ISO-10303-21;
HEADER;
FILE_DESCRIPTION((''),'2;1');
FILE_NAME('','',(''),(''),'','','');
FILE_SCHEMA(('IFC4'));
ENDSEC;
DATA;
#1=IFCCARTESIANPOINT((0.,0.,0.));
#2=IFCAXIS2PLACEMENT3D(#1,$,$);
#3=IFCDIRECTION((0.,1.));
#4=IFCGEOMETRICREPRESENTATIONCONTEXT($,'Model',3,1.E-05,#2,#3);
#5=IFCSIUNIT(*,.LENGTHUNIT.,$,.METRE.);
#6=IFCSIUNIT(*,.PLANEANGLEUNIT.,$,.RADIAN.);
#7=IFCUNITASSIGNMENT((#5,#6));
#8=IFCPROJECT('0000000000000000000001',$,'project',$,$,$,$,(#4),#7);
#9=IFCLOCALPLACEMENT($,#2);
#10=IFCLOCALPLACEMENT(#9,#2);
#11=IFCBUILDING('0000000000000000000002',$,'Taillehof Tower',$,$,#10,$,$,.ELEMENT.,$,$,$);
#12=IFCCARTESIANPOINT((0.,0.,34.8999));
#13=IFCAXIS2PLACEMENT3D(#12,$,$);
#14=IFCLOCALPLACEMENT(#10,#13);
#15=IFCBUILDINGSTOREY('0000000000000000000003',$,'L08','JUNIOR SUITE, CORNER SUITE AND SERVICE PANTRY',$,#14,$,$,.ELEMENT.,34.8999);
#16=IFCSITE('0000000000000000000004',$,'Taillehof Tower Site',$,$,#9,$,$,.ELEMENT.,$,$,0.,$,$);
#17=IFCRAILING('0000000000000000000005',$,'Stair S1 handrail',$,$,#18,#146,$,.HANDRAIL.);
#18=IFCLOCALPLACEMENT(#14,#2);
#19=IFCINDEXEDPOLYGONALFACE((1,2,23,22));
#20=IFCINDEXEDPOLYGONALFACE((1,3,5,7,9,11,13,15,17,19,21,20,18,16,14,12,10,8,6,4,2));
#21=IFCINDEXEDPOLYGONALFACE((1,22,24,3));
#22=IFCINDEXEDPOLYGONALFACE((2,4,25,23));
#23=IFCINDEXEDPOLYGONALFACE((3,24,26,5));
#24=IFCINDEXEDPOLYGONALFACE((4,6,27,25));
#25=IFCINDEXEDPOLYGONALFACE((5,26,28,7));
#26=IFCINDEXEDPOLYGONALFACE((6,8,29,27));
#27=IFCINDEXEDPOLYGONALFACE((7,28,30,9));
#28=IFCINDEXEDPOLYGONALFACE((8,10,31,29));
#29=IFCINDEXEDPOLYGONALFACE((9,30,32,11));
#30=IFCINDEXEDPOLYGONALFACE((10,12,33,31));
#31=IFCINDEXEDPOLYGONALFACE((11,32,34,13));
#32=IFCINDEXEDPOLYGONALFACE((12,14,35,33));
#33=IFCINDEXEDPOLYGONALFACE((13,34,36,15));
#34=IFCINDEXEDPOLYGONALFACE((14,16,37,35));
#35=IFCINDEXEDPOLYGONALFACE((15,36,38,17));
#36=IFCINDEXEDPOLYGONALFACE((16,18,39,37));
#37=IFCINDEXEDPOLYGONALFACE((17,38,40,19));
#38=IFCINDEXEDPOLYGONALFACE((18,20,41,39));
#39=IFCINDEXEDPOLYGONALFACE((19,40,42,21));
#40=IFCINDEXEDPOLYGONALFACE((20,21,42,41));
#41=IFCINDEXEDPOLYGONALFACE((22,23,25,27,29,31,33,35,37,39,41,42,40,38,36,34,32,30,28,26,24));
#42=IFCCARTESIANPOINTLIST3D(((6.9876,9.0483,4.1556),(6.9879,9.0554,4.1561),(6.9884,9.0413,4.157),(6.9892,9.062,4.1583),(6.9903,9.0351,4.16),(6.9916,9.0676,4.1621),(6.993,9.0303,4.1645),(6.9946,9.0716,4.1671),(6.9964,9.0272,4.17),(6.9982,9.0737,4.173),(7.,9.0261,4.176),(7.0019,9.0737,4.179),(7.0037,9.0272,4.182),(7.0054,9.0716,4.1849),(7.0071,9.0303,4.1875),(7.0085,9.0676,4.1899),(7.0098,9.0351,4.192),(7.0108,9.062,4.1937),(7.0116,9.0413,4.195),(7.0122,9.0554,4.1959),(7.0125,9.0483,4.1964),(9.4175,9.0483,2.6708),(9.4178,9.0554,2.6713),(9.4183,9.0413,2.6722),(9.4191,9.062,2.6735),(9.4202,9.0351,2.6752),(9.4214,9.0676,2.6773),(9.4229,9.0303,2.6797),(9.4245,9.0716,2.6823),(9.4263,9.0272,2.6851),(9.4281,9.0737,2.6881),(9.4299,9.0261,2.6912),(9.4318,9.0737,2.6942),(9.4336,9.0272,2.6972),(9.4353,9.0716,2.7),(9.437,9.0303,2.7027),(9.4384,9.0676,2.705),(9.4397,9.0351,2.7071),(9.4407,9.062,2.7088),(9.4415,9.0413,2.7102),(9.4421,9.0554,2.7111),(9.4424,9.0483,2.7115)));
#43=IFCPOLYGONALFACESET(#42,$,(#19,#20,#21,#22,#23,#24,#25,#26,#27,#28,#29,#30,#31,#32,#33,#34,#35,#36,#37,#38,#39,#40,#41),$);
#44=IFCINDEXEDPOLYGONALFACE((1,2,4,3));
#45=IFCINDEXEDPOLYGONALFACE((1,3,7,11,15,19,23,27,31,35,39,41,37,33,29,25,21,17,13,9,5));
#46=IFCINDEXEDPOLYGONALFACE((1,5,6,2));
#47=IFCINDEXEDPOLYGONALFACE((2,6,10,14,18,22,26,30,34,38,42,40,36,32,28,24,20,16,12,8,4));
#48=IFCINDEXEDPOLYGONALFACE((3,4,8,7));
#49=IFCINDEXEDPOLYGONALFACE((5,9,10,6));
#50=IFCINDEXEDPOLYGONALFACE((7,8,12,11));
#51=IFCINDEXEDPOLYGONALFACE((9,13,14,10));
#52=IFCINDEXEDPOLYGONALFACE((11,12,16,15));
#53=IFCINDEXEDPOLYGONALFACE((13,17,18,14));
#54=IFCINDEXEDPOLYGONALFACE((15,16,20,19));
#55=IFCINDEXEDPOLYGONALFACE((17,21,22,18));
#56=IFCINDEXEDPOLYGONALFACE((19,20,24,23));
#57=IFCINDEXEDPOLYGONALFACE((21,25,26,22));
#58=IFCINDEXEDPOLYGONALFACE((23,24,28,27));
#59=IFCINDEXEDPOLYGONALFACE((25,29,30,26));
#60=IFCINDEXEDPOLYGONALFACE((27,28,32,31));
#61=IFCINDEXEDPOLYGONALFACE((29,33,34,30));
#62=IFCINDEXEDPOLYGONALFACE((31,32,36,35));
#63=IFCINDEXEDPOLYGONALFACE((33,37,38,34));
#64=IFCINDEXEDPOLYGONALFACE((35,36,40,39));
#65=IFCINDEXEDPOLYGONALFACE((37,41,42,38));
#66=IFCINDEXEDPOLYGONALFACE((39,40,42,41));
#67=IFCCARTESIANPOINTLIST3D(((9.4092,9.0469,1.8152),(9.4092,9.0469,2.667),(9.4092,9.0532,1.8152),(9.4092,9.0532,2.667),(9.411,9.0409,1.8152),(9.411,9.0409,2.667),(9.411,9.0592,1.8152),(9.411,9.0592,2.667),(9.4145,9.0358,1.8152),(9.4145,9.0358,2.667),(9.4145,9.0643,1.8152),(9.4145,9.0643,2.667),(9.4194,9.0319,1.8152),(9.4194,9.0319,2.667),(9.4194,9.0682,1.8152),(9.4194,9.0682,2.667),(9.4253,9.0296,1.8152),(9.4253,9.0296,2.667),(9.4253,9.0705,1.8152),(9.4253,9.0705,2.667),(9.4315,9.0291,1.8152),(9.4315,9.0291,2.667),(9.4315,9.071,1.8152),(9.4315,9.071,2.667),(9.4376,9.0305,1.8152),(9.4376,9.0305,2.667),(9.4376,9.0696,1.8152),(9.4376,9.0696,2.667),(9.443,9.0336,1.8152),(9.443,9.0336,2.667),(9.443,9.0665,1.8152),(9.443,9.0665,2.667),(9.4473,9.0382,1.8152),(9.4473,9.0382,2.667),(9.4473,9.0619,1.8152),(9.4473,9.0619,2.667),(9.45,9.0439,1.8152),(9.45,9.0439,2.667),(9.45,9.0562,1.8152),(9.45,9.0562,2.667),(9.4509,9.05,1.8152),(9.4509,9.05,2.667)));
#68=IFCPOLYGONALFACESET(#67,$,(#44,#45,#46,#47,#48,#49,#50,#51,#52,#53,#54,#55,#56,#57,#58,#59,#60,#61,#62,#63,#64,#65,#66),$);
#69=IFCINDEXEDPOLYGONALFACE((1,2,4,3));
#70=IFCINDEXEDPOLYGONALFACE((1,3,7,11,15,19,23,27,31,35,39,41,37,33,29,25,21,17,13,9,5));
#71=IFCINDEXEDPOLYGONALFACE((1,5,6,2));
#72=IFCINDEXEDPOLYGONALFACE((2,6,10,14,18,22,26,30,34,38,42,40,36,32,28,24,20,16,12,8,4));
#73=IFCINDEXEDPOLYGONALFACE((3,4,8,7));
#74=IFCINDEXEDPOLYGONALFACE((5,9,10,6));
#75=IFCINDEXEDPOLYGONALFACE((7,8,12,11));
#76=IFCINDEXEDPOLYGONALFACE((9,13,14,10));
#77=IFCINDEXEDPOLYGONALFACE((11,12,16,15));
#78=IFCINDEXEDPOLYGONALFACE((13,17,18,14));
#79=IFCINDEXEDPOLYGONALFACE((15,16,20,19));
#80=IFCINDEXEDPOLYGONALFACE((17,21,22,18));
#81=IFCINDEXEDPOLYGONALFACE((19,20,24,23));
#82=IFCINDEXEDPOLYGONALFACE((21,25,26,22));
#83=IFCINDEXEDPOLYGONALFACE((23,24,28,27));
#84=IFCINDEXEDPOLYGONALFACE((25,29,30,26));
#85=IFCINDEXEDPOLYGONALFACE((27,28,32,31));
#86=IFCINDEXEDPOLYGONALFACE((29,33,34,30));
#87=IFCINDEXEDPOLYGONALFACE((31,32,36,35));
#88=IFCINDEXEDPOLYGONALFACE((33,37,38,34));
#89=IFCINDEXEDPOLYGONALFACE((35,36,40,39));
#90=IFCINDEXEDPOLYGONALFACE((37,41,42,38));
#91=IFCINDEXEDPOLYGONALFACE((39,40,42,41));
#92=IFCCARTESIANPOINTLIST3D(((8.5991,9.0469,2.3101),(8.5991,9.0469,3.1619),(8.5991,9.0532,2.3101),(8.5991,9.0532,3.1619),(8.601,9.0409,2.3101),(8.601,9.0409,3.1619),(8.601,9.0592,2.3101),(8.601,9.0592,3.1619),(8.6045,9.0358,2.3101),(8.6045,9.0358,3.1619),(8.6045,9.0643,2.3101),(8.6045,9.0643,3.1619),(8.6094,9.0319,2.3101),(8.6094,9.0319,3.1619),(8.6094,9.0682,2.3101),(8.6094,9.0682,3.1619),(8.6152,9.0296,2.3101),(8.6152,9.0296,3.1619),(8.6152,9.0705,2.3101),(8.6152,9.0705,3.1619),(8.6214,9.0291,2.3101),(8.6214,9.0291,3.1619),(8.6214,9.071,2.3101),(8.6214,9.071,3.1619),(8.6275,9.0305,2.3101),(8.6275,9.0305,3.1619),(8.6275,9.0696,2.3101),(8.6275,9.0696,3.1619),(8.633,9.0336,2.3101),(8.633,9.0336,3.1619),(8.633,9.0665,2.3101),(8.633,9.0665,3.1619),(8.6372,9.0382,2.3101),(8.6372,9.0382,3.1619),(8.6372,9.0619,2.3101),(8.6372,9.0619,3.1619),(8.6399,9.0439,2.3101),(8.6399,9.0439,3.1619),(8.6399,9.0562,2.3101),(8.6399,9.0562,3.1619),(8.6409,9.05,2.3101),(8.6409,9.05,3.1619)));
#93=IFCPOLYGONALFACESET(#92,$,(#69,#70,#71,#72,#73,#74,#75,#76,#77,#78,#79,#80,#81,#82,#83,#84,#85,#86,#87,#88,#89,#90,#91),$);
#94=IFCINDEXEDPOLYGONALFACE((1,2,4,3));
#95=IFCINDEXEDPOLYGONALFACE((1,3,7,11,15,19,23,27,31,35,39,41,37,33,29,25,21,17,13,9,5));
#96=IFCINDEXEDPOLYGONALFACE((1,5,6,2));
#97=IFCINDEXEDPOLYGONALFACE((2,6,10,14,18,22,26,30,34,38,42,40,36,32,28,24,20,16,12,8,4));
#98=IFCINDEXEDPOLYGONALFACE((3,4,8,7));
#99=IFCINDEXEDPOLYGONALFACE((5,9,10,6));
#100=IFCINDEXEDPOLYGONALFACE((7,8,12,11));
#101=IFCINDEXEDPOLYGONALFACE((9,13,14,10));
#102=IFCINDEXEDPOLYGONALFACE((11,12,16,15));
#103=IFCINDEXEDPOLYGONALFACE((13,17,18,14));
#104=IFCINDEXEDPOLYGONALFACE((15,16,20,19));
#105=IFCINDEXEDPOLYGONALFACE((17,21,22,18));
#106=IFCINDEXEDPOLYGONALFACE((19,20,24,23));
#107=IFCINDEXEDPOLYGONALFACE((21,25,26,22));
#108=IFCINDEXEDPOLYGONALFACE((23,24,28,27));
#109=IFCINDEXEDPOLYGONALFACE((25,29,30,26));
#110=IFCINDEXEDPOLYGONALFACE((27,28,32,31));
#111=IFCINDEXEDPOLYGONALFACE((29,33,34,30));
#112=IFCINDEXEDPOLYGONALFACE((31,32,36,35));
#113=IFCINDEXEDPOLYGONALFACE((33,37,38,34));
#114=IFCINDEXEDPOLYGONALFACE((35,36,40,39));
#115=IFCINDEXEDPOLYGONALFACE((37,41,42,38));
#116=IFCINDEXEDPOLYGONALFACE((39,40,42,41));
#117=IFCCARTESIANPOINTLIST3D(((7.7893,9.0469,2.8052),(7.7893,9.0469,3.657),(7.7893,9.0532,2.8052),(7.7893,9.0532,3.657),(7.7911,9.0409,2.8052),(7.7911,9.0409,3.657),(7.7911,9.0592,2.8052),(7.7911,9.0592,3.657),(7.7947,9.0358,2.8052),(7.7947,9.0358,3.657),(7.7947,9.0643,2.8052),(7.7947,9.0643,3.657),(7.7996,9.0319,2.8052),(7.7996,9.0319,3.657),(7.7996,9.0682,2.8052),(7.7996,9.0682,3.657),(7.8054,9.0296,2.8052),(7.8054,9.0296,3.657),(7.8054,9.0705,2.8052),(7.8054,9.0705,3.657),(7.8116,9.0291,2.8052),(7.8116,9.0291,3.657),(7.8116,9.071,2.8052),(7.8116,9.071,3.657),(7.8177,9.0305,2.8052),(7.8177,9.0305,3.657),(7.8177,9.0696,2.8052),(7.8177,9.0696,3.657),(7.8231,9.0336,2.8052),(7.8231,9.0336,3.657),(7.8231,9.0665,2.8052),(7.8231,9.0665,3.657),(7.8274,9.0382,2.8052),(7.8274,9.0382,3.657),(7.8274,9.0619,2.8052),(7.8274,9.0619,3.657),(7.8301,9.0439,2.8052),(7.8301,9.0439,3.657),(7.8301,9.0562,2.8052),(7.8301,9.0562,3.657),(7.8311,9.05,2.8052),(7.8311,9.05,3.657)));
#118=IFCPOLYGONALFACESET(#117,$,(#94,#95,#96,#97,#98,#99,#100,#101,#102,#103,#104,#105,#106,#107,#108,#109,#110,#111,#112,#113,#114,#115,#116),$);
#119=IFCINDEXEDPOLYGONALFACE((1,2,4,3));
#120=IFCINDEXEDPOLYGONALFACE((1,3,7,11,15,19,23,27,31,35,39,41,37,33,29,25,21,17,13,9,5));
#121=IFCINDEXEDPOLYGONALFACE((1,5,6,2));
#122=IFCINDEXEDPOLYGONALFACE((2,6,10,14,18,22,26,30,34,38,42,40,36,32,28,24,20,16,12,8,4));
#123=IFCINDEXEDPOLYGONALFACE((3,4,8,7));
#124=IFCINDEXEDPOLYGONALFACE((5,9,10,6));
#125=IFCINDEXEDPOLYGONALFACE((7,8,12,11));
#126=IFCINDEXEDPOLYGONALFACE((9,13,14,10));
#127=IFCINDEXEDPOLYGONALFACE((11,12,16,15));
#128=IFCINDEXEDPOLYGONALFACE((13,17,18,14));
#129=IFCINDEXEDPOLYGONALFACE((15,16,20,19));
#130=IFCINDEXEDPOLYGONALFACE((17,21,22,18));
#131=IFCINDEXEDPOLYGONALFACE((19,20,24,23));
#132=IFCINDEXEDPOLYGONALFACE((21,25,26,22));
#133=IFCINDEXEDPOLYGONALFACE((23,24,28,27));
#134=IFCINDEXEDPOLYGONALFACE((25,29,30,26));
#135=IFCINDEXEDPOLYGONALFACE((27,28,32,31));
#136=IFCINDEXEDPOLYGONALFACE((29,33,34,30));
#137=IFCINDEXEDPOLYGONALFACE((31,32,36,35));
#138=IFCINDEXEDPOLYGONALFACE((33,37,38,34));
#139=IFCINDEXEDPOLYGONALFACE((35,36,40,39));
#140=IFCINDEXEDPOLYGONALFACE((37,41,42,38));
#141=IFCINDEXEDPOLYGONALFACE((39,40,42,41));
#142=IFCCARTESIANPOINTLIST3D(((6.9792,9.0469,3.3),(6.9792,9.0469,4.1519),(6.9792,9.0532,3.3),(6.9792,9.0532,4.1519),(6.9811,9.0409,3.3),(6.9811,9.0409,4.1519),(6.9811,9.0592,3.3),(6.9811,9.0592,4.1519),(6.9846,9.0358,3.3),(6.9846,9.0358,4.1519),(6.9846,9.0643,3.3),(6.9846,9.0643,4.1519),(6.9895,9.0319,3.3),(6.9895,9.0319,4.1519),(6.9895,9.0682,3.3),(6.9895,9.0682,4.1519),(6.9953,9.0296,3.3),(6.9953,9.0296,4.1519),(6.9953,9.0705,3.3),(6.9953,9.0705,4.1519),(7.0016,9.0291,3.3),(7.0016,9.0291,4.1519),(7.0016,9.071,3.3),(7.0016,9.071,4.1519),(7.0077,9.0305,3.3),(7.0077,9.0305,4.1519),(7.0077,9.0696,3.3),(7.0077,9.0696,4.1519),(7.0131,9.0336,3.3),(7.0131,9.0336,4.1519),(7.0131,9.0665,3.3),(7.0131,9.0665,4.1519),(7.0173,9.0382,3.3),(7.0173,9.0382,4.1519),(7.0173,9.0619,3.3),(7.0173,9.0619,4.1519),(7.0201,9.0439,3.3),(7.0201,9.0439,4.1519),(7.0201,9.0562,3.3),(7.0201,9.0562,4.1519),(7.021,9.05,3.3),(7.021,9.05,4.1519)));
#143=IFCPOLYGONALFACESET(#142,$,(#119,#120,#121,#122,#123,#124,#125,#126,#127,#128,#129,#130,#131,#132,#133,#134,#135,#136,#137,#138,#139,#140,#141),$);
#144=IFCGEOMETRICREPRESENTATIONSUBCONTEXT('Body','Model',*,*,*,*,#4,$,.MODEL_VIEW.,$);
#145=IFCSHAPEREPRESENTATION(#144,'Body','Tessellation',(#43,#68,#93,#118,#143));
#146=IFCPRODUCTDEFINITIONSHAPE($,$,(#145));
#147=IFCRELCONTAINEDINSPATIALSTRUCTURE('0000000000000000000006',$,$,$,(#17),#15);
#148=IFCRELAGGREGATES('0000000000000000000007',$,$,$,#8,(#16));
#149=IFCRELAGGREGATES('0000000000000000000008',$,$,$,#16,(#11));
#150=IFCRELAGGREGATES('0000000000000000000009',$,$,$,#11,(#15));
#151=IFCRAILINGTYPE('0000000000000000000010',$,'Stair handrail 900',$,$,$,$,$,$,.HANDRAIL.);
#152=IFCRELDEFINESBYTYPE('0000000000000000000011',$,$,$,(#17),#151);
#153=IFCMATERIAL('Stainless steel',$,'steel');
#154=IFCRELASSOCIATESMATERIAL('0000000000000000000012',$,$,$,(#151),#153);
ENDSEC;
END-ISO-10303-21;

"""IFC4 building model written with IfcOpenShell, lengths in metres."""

from ifc_helpers import new_model, si_unit, direction, frame, origin, origin_2d, place, context, subcontext, project, spatial, circle, extrude, material, type_object, element, save


model = new_model("IFC4")

# Units and contexts
model_context = context("Model", 3, precision=1e-05, world=origin(), true_north=direction((0.0, 1.0)))
body_context = subcontext(model_context, "Body", "Model", "MODEL_VIEW")
ifc_project = project(units=[si_unit("LENGTHUNIT", "METRE"), si_unit("PLANEANGLEUNIT", "RADIAN")], contexts=[model_context])

# Site, building, storey
site_placement = place(None, origin())
site = spatial("IfcSite", under=ifc_project, at=site_placement, Name="Taillehof Tower Site", CompositionType="ELEMENT", RefElevation=0.0)
building_placement = place(site_placement, origin())
building = spatial("IfcBuilding", under=site, at=building_placement, Name="Taillehof Tower", CompositionType="ELEMENT")
storey_placement = place(building_placement, frame((0.0, 0.0, 34.8999)))
storey = spatial("IfcBuildingStorey", under=building, at=storey_placement, Name="L08", Description="JUNIOR SUITE, CORNER SUITE AND SERVICE PANTRY", CompositionType="ELEMENT", Elevation=34.8999)

# Railing
ifc_material_1 = material(Name="Stainless steel", Category="steel")
railing_type = type_object("IfcRailingType", Name="Stair handrail 900", PredefinedType="HANDRAIL", material=ifc_material_1)
railing_placement = place(storey_placement, frame((9.4299, 9.05, 1.8152)))
element("IfcRailing", 1, at=railing_placement, inside=storey, type_object=railing_type, Name="Stair S1 handrail", PredefinedType="HANDRAIL", context=body_context, shape_type="SweptSolid", body=[
    extrude(circle(Radius=0.0239, at=origin_2d()), frame((0.0, 0.0, 0.876), z_axis=(-0.853297, 0.0, 0.521426), x_axis=(0.0, -1.0, 0.0)), (0.0, 0.0, 1.0), 2.8477),
    extrude(circle(Radius=0.021, at=origin_2d()), origin(), (0.0, 0.0, 1.0), 0.8518),
    extrude(circle(Radius=0.021, at=origin_2d()), frame((-0.8101, 0.0, 0.4949)), (0.0, 0.0, 1.0), 0.8518),
    extrude(circle(Radius=0.021, at=origin_2d()), frame((-1.6199, 0.0, 0.99)), (0.0, 0.0, 1.0), 0.8518),
    extrude(circle(Radius=0.021, at=origin_2d()), frame((-2.4299, 0.0, 1.4849)), (0.0, 0.0, 1.0), 0.8518),
])

save(model, "model.ifc")
